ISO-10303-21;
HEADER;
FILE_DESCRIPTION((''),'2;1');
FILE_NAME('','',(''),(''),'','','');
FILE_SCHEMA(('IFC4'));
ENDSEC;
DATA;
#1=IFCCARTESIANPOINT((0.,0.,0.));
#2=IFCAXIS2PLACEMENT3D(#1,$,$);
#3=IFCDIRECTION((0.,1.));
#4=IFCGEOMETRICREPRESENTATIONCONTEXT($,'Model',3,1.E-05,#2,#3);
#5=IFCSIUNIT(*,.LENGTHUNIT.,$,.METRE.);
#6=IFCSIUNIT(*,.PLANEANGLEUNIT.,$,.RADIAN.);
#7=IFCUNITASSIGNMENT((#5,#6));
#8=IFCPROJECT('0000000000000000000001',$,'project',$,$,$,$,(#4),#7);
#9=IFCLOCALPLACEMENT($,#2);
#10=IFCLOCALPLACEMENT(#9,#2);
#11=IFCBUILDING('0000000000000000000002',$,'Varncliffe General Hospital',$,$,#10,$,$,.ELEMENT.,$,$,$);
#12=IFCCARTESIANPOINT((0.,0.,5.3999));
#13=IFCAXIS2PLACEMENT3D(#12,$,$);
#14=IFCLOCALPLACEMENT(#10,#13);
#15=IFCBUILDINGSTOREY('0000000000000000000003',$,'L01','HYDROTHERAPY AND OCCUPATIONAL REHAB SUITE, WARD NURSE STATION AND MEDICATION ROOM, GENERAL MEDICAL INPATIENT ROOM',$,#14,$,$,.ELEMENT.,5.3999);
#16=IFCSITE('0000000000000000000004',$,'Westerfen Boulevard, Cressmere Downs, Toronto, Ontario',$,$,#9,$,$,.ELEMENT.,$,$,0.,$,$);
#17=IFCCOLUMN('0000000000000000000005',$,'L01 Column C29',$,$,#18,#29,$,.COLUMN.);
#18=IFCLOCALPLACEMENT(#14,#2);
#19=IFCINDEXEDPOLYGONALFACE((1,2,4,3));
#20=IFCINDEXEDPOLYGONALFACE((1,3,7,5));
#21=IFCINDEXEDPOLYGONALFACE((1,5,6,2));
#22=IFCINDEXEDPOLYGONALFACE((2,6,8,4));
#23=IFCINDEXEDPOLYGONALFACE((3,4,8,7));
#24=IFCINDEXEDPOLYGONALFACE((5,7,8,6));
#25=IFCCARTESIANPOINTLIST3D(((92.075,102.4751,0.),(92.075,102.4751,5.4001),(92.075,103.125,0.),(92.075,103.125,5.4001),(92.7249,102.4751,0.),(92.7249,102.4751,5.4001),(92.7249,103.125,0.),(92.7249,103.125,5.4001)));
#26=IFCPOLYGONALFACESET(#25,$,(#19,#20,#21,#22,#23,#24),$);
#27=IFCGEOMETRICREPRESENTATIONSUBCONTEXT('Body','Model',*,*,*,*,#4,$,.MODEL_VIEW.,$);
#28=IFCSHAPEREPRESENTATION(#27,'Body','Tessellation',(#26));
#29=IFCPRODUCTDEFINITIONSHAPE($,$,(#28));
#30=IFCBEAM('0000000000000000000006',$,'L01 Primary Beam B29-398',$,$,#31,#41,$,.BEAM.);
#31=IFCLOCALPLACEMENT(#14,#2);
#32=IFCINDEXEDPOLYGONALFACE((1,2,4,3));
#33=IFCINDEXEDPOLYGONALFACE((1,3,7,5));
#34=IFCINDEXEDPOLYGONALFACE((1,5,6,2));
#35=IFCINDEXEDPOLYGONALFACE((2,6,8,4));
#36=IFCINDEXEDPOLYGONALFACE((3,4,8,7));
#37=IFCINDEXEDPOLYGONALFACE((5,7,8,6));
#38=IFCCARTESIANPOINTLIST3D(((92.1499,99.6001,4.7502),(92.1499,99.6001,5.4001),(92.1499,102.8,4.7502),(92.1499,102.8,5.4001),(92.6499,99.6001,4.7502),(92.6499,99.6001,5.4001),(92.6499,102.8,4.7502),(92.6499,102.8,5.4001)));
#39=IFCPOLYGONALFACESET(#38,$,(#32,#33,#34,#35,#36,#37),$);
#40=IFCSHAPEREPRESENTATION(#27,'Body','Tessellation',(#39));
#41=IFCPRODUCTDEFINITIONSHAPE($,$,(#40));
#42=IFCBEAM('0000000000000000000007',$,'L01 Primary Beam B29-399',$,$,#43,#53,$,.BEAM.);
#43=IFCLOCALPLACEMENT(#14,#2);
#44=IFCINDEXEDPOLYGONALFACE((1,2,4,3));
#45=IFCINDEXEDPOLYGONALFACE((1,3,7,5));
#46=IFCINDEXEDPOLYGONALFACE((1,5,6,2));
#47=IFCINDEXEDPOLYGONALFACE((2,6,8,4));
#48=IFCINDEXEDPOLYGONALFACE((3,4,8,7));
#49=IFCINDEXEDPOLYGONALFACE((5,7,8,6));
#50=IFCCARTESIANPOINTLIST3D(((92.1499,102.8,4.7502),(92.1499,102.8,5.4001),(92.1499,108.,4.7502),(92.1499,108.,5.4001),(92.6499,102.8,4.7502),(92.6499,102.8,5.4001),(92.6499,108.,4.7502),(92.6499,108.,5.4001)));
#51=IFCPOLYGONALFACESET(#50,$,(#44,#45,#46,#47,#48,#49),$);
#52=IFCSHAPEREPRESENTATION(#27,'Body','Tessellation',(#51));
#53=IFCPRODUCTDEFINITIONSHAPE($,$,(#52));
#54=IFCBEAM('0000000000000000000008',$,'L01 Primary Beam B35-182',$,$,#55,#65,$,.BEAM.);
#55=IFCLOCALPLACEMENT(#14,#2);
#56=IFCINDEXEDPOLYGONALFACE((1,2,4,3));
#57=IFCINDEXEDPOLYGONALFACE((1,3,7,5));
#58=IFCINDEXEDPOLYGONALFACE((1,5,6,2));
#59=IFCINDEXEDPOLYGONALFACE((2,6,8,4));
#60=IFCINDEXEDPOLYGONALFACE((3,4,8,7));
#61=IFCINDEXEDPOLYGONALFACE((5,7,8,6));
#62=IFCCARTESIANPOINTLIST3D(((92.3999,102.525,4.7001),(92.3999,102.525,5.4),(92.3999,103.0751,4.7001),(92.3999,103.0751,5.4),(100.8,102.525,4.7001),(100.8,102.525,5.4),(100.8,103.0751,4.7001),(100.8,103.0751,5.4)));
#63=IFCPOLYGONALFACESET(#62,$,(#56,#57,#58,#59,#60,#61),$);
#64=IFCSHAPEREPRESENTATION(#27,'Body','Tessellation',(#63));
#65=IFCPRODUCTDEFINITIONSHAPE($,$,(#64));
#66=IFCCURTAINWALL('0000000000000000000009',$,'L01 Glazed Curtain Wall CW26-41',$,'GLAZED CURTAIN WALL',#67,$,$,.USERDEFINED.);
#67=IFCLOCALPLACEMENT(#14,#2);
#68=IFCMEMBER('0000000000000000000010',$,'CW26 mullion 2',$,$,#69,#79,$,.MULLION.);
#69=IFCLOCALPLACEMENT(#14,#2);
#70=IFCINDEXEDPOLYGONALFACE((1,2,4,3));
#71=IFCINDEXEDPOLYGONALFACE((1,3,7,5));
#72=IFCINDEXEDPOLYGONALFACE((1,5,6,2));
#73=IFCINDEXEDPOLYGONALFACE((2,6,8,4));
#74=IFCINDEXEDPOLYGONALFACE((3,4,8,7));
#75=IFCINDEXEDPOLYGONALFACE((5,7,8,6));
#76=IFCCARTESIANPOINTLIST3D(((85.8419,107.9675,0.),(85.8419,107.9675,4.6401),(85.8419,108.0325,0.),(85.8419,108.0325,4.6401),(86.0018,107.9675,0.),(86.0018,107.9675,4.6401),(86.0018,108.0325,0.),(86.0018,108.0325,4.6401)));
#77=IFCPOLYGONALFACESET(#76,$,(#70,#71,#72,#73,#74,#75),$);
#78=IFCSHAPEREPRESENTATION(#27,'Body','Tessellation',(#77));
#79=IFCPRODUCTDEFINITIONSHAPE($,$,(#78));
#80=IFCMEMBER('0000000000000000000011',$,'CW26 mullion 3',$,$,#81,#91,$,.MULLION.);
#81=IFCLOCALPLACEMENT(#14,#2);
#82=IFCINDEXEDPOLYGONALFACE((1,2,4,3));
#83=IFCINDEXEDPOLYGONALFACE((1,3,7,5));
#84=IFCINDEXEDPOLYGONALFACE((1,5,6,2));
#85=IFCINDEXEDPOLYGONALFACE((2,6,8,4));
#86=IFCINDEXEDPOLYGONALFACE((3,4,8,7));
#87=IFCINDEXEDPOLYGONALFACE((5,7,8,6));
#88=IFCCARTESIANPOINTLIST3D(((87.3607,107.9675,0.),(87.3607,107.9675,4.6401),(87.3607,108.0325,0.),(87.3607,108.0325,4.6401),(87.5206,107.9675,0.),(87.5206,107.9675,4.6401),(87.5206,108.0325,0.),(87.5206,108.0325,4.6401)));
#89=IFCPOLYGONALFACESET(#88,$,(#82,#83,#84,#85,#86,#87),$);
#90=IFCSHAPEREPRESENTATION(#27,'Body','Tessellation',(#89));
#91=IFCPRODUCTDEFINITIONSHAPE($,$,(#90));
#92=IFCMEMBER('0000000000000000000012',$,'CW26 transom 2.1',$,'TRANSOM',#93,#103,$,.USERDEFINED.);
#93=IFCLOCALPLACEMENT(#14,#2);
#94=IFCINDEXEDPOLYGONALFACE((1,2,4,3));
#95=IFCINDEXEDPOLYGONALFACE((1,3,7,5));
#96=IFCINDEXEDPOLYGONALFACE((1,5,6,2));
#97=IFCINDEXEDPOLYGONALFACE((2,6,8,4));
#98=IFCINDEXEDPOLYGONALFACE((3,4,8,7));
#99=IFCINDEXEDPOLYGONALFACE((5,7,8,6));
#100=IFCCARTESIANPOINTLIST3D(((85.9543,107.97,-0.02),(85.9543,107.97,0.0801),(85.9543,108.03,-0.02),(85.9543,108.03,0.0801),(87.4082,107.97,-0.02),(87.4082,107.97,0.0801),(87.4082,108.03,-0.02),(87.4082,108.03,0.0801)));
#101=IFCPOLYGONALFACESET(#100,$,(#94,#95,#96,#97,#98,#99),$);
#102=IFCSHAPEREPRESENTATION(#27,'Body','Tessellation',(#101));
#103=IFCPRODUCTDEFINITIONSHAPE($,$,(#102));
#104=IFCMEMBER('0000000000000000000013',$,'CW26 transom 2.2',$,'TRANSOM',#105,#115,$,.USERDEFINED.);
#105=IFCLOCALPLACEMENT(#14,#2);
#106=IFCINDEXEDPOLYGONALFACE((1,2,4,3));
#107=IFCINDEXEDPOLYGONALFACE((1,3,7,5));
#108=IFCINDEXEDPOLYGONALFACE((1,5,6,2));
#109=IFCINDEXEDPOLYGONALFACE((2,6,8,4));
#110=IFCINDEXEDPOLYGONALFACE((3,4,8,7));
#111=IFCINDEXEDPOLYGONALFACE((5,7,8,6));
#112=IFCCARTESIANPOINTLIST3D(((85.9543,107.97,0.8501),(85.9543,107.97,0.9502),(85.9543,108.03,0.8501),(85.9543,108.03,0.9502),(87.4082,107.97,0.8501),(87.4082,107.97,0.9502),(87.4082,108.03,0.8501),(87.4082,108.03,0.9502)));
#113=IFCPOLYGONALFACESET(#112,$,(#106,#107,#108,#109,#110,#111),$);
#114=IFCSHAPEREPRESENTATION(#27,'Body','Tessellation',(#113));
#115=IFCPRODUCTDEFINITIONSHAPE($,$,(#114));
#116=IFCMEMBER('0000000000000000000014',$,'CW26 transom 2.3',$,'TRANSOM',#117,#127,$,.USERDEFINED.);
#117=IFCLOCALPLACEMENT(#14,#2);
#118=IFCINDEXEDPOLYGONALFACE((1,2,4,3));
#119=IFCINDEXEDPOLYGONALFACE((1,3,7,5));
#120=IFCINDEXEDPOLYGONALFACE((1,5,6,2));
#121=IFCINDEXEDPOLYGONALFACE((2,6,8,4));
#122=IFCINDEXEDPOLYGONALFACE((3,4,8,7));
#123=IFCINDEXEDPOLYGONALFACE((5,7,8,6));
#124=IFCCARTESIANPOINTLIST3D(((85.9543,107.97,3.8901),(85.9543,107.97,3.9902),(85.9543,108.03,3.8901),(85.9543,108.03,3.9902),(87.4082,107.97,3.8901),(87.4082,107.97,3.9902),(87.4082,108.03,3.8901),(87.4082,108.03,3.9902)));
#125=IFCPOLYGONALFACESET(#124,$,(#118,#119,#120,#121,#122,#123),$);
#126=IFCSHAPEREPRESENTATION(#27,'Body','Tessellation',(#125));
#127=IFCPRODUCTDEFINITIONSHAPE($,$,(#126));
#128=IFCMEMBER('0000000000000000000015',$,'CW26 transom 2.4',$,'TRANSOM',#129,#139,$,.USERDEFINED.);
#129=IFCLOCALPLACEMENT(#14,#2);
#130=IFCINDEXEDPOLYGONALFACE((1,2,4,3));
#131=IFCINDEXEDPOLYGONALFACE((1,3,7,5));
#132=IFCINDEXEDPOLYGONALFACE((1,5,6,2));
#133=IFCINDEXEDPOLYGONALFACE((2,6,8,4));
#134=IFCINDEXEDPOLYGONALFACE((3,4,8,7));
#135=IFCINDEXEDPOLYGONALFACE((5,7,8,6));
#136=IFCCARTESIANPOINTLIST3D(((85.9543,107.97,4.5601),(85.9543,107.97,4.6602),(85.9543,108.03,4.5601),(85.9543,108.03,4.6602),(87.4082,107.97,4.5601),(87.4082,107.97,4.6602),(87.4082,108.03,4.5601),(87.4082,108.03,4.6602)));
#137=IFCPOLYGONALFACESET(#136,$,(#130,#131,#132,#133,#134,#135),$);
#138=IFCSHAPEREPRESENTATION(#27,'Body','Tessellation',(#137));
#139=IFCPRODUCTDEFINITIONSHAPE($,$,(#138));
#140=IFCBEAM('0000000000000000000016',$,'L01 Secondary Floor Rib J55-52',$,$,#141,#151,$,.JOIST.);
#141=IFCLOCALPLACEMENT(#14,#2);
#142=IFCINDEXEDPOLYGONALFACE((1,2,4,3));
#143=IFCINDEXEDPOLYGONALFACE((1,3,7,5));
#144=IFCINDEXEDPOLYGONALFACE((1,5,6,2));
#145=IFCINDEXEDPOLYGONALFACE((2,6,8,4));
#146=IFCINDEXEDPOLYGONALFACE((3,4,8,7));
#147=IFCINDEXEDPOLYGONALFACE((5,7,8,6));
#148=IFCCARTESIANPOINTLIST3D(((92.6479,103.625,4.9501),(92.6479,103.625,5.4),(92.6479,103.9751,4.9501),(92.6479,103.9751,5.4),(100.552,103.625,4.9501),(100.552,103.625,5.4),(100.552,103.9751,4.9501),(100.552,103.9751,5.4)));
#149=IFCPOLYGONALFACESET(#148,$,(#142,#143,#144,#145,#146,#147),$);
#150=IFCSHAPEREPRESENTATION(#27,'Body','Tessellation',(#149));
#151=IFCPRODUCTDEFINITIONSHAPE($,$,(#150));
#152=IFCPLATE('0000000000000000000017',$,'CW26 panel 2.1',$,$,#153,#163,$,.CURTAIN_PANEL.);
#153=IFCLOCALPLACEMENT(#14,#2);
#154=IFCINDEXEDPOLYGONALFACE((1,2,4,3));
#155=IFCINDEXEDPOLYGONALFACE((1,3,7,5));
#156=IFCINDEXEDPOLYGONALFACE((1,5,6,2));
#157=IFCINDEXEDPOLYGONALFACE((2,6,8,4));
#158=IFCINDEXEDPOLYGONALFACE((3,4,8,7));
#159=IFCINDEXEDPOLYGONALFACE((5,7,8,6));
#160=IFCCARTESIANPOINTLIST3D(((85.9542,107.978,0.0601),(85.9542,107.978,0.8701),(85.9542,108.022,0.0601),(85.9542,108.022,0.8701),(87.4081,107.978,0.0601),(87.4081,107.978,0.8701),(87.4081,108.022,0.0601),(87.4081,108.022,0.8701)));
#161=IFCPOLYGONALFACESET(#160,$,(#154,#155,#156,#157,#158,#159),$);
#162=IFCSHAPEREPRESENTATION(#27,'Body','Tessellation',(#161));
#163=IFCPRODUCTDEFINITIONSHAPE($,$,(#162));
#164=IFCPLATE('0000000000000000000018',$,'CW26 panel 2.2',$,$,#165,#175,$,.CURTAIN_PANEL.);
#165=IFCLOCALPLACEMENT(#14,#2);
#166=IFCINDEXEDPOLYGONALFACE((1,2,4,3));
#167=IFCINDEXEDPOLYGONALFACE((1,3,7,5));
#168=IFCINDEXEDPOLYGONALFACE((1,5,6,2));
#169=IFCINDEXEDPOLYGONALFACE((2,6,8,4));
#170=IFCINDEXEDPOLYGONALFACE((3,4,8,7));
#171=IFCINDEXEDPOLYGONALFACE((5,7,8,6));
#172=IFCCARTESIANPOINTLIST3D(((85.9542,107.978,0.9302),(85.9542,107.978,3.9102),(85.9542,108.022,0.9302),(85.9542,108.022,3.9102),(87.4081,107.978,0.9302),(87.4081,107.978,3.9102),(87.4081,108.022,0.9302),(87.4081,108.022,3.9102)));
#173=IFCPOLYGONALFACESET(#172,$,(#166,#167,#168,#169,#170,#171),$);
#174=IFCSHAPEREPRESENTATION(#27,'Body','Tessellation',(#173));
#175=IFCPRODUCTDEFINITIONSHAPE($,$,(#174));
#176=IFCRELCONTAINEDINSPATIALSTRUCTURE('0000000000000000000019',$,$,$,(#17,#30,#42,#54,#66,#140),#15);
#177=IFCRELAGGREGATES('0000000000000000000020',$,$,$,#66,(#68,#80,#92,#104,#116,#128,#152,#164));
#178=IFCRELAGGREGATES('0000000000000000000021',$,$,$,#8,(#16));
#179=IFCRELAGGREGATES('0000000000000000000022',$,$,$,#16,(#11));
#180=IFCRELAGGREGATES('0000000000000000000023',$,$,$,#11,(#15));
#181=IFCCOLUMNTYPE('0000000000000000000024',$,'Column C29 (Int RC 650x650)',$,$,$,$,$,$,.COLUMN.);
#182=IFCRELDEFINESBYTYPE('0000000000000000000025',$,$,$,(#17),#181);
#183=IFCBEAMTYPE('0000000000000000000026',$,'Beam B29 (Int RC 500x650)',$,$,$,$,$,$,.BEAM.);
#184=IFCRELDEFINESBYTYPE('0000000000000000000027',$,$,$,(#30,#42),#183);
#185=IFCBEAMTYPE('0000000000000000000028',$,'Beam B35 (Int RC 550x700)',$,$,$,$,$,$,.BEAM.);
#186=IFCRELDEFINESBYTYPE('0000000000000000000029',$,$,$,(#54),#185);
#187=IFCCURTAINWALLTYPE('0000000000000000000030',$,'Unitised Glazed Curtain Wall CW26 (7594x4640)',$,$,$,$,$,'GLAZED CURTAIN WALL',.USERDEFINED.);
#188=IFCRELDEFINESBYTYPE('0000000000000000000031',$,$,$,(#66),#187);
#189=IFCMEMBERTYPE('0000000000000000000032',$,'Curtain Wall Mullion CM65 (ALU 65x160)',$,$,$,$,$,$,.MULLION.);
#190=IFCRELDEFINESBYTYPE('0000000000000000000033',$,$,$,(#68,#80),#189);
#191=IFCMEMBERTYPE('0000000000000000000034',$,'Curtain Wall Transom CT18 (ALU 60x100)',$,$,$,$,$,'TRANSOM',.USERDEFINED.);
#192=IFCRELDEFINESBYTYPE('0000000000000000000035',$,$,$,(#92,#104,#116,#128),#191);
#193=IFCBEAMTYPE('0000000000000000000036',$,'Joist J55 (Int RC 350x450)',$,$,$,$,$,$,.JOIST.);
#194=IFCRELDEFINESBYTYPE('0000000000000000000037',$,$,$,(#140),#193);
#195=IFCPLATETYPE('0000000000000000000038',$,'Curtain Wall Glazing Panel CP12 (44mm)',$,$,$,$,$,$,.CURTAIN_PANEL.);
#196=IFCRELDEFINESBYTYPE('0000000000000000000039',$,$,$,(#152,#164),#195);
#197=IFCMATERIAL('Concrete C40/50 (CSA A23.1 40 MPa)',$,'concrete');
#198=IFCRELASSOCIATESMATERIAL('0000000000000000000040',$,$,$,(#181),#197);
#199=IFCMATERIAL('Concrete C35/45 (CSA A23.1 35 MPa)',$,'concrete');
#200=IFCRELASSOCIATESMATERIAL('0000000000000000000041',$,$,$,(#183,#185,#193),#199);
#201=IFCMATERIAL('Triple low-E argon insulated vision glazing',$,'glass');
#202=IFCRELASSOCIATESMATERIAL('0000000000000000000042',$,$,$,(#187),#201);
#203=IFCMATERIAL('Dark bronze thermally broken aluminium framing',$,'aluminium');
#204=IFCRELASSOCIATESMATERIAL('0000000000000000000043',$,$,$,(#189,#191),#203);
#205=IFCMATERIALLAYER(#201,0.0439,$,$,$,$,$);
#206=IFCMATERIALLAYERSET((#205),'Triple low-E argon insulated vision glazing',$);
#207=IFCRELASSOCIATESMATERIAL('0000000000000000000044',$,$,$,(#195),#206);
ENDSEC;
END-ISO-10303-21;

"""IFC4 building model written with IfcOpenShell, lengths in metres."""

from ifc_helpers import new_model, si_unit, direction, frame, origin, origin_2d, place, context, subcontext, project, spatial, rectangle, extrude, material, layer, layer_set, material_profile, profile_set, type_object, element, aggregate, save


model = new_model("IFC4")

# Units and contexts
model_context = context("Model", 3, precision=1e-05, world=origin(), true_north=direction((0.0, 1.0)))
body_context = subcontext(model_context, "Body", "Model", "MODEL_VIEW")
ifc_project = project(units=[si_unit("LENGTHUNIT", "METRE"), si_unit("PLANEANGLEUNIT", "RADIAN")], contexts=[model_context])

# Site, building, storey
site_placement = place(None, origin())
site = spatial("IfcSite", under=ifc_project, at=site_placement, Name="Westerfen Boulevard, Cressmere Downs, Toronto, Ontario", CompositionType="ELEMENT", RefElevation=0.0)
building_placement = place(site_placement, origin())
building = spatial("IfcBuilding", under=site, at=building_placement, Name="Varncliffe General Hospital", CompositionType="ELEMENT")
storey_placement = place(building_placement, frame((0.0, 0.0, 5.3999)))
storey = spatial("IfcBuildingStorey", under=building, at=storey_placement, Name="L01", Description="HYDROTHERAPY AND OCCUPATIONAL REHAB SUITE, WARD NURSE STATION AND MEDICATION ROOM, GENERAL MEDICAL INPATIENT ROOM", CompositionType="ELEMENT", Elevation=5.3999)

# Column
ifc_material_1 = material(Name="Concrete C40/50 (CSA A23.1 40 MPa)", Category="concrete")
ifc_material_profile_1 = material_profile(ifc_material_1, rectangle(XDim=0.6499, YDim=0.6499, at=origin_2d()), Name="RC 650x650")
ifc_profile_set_1 = profile_set([ifc_material_profile_1], Name="Concrete C40/50 (CSA A23.1 40 MPa)")
column_type = type_object("IfcColumnType", Name="Column C29 (Int RC 650x650)", PredefinedType="COLUMN", material=ifc_profile_set_1)
column_placement = place(storey_placement, frame((92.3999, 102.8, 0.0), z_axis=(0.0, 0.0, 1.0), x_axis=(1.0, 0.0, 0.0)))
element("IfcColumn", 1, at=column_placement, inside=storey, type_object=column_type, Name="L01 Column C29", PredefinedType="COLUMN", context=body_context, shape_type="SweptSolid", body=[
    extrude(rectangle(XDim=0.6499, YDim=0.6499, at=origin_2d()), origin(), (0.0, 0.0, 1.0), 5.4001),
])

# Beams
ifc_material_2 = material(Name="Concrete C35/45 (CSA A23.1 35 MPa)", Category="concrete")
ifc_material_profile_2 = material_profile(ifc_material_2, rectangle(XDim=0.5, YDim=0.6499, at=origin_2d()), Name="RC 500x650")
ifc_profile_set_2 = profile_set([ifc_material_profile_2], Name="Concrete C35/45 (CSA A23.1 35 MPa)")
beam_type_1 = type_object("IfcBeamType", Name="Beam B29 (Int RC 500x650)", PredefinedType="BEAM", material=ifc_profile_set_2)
beam_1_placement = place(storey_placement, frame((92.3999, 99.6001, 5.0752), z_axis=(0.0, 1.0, 0.0), x_axis=(-1.0, 0.0, 0.0)))
element("IfcBeam", 2, at=beam_1_placement, inside=storey, type_object=beam_type_1, Name="L01 Primary Beam B29-398", PredefinedType="BEAM", context=body_context, shape_type="SweptSolid", body=[
    extrude(rectangle(XDim=0.5, YDim=0.6499, at=origin_2d()), origin(), (0.0, 0.0, 1.0), 3.2),
])
beam_2_placement = place(storey_placement, frame((92.3999, 102.8, 5.0752), z_axis=(0.0, 1.0, 0.0), x_axis=(-1.0, 0.0, 0.0)))
element("IfcBeam", 3, at=beam_2_placement, inside=storey, type_object=beam_type_1, Name="L01 Primary Beam B29-399", PredefinedType="BEAM", context=body_context, shape_type="SweptSolid", body=[
    extrude(rectangle(XDim=0.5, YDim=0.6499, at=origin_2d()), origin(), (0.0, 0.0, 1.0), 5.2),
])
ifc_material_profile_3 = material_profile(ifc_material_2, rectangle(XDim=0.55, YDim=0.7, at=origin_2d()), Name="RC 550x700")
ifc_profile_set_3 = profile_set([ifc_material_profile_3], Name="Concrete C35/45 (CSA A23.1 35 MPa)")
beam_type_2 = type_object("IfcBeamType", Name="Beam B35 (Int RC 550x700)", PredefinedType="BEAM", material=ifc_profile_set_3)
beam_3_placement = place(storey_placement, frame((92.3999, 102.8, 5.05), z_axis=(1.0, 0.0, 0.0), x_axis=(0.0, 1.0, 0.0)))
element("IfcBeam", 4, at=beam_3_placement, inside=storey, type_object=beam_type_2, Name="L01 Primary Beam B35-182", PredefinedType="BEAM", context=body_context, shape_type="SweptSolid", body=[
    extrude(rectangle(XDim=0.55, YDim=0.7, at=origin_2d()), origin(), (0.0, 0.0, 1.0), 8.4001),
])

# Curtain wall, members
ifc_material_3 = material(Name="Triple low-E argon insulated vision glazing", Category="glass")
curtain_wall_type = type_object("IfcCurtainWallType", Name="Unitised Glazed Curtain Wall CW26 (7594x4640)", ElementType="GLAZED CURTAIN WALL", PredefinedType="USERDEFINED", material=ifc_material_3)
curtain_wall_placement = place(storey_placement, origin())
curtain_wall = element("IfcCurtainWall", 5, at=curtain_wall_placement, inside=storey, type_object=curtain_wall_type, Name="L01 Glazed Curtain Wall CW26-41", ObjectType="GLAZED CURTAIN WALL", PredefinedType="USERDEFINED")
ifc_material_4 = material(Name="Dark bronze thermally broken aluminium framing", Category="aluminium")
ifc_material_profile_4 = material_profile(ifc_material_4, rectangle(XDim=0.0649, YDim=0.1599, at=origin_2d()), Name="ALU 65x160")
ifc_profile_set_4 = profile_set([ifc_material_profile_4], Name="Dark bronze thermally broken aluminium framing")
member_type_1 = type_object("IfcMemberType", Name="Curtain Wall Mullion CM65 (ALU 65x160)", PredefinedType="MULLION", material=ifc_profile_set_4)
member_1_placement = place(storey_placement, frame((85.9219, 108.0, 0.0), z_axis=(0.0, 0.0, 1.0), x_axis=(0.0, 1.0, 0.0)))
member_1 = element("IfcMember", 6, at=member_1_placement, type_object=member_type_1, Name="CW26 mullion 2", PredefinedType="MULLION", context=body_context, shape_type="SweptSolid", body=[
    extrude(rectangle(XDim=0.0649, YDim=0.1599, at=origin_2d()), origin(), (0.0, 0.0, 1.0), 4.6401),
])
member_2_placement = place(storey_placement, frame((87.4407, 108.0, 0.0), z_axis=(0.0, 0.0, 1.0), x_axis=(0.0, 1.0, 0.0)))
member_2 = element("IfcMember", 7, at=member_2_placement, type_object=member_type_1, Name="CW26 mullion 3", PredefinedType="MULLION", context=body_context, shape_type="SweptSolid", body=[
    extrude(rectangle(XDim=0.0649, YDim=0.1599, at=origin_2d()), origin(), (0.0, 0.0, 1.0), 4.6401),
])
ifc_material_profile_5 = material_profile(ifc_material_4, rectangle(XDim=0.0601, YDim=0.1001, at=origin_2d()), Name="ALU 60x100")
ifc_profile_set_5 = profile_set([ifc_material_profile_5], Name="Dark bronze thermally broken aluminium framing")
member_type_2 = type_object("IfcMemberType", Name="Curtain Wall Transom CT18 (ALU 60x100)", ElementType="TRANSOM", PredefinedType="USERDEFINED", material=ifc_profile_set_5)
member_3_placement = place(storey_placement, frame((85.9543, 108.0, 0.03), z_axis=(1.0, 0.0, 0.0), x_axis=(0.0, 1.0, 0.0)))
member_3 = element("IfcMember", 8, at=member_3_placement, type_object=member_type_2, Name="CW26 transom 2.1", ObjectType="TRANSOM", PredefinedType="USERDEFINED", context=body_context, shape_type="SweptSolid", body=[
    extrude(rectangle(XDim=0.0601, YDim=0.1001, at=origin_2d()), origin(), (0.0, 0.0, 1.0), 1.4539),
])
member_4_placement = place(storey_placement, frame((85.9543, 108.0, 0.9001), z_axis=(1.0, 0.0, 0.0), x_axis=(0.0, 1.0, 0.0)))
member_4 = element("IfcMember", 9, at=member_4_placement, type_object=member_type_2, Name="CW26 transom 2.2", ObjectType="TRANSOM", PredefinedType="USERDEFINED", context=body_context, shape_type="SweptSolid", body=[
    extrude(rectangle(XDim=0.0601, YDim=0.1001, at=origin_2d()), origin(), (0.0, 0.0, 1.0), 1.4539),
])
member_5_placement = place(storey_placement, frame((85.9543, 108.0, 3.9402), z_axis=(1.0, 0.0, 0.0), x_axis=(0.0, 1.0, 0.0)))
member_5 = element("IfcMember", 10, at=member_5_placement, type_object=member_type_2, Name="CW26 transom 2.3", ObjectType="TRANSOM", PredefinedType="USERDEFINED", context=body_context, shape_type="SweptSolid", body=[
    extrude(rectangle(XDim=0.0601, YDim=0.1001, at=origin_2d()), origin(), (0.0, 0.0, 1.0), 1.4539),
])
member_6_placement = place(storey_placement, frame((85.9543, 108.0, 4.6101), z_axis=(1.0, 0.0, 0.0), x_axis=(0.0, 1.0, 0.0)))
member_6 = element("IfcMember", 11, at=member_6_placement, type_object=member_type_2, Name="CW26 transom 2.4", ObjectType="TRANSOM", PredefinedType="USERDEFINED", context=body_context, shape_type="SweptSolid", body=[
    extrude(rectangle(XDim=0.0601, YDim=0.1001, at=origin_2d()), origin(), (0.0, 0.0, 1.0), 1.4539),
])

# Beam
ifc_material_profile_6 = material_profile(ifc_material_2, rectangle(XDim=0.3501, YDim=0.45, at=origin_2d()), Name="RC 350x450")
ifc_profile_set_6 = profile_set([ifc_material_profile_6], Name="Concrete C35/45 (CSA A23.1 35 MPa)")
beam_type_3 = type_object("IfcBeamType", Name="Joist J55 (Int RC 350x450)", PredefinedType="JOIST", material=ifc_profile_set_6)
beam_4_placement = place(storey_placement, frame((92.6479, 103.8, 5.175), z_axis=(1.0, 0.0, 0.0), x_axis=(0.0, 1.0, 0.0)))
element("IfcBeam", 12, at=beam_4_placement, inside=storey, type_object=beam_type_3, Name="L01 Secondary Floor Rib J55-52", PredefinedType="JOIST", context=body_context, shape_type="SweptSolid", body=[
    extrude(rectangle(XDim=0.3501, YDim=0.45, at=origin_2d()), origin(), (0.0, 0.0, 1.0), 7.9041),
])

# Plates
ifc_layer_1 = layer(ifc_material_3, 0.0439)
ifc_layer_set_1 = layer_set([ifc_layer_1], Name="Triple low-E argon insulated vision glazing")
plate_type = type_object("IfcPlateType", Name="Curtain Wall Glazing Panel CP12 (44mm)", PredefinedType="CURTAIN_PANEL", material=ifc_layer_set_1)
plate_1_placement = place(storey_placement, frame((86.6812, 108.0, 0.0601), z_axis=(0.0, 0.0, 1.0), x_axis=(1.0, 0.0, 0.0)))
plate_1 = element("IfcPlate", 13, at=plate_1_placement, type_object=plate_type, Name="CW26 panel 2.1", PredefinedType="CURTAIN_PANEL", context=body_context, shape_type="SweptSolid", body=[
    extrude(rectangle(XDim=1.4539, YDim=0.0439, at=origin_2d()), origin(), (0.0, 0.0, 1.0), 0.8101),
])
plate_2_placement = place(storey_placement, frame((86.6812, 108.0, 0.9302), z_axis=(0.0, 0.0, 1.0), x_axis=(1.0, 0.0, 0.0)))
plate_2 = element("IfcPlate", 14, at=plate_2_placement, type_object=plate_type, Name="CW26 panel 2.2", PredefinedType="CURTAIN_PANEL", context=body_context, shape_type="SweptSolid", body=[
    extrude(rectangle(XDim=1.4539, YDim=0.0439, at=origin_2d()), origin(), (0.0, 0.0, 1.0), 2.98),
])
aggregate(curtain_wall, [member_1, member_2, member_3, member_4, member_5, member_6, plate_1, plate_2])

save(model, "model.ifc")
